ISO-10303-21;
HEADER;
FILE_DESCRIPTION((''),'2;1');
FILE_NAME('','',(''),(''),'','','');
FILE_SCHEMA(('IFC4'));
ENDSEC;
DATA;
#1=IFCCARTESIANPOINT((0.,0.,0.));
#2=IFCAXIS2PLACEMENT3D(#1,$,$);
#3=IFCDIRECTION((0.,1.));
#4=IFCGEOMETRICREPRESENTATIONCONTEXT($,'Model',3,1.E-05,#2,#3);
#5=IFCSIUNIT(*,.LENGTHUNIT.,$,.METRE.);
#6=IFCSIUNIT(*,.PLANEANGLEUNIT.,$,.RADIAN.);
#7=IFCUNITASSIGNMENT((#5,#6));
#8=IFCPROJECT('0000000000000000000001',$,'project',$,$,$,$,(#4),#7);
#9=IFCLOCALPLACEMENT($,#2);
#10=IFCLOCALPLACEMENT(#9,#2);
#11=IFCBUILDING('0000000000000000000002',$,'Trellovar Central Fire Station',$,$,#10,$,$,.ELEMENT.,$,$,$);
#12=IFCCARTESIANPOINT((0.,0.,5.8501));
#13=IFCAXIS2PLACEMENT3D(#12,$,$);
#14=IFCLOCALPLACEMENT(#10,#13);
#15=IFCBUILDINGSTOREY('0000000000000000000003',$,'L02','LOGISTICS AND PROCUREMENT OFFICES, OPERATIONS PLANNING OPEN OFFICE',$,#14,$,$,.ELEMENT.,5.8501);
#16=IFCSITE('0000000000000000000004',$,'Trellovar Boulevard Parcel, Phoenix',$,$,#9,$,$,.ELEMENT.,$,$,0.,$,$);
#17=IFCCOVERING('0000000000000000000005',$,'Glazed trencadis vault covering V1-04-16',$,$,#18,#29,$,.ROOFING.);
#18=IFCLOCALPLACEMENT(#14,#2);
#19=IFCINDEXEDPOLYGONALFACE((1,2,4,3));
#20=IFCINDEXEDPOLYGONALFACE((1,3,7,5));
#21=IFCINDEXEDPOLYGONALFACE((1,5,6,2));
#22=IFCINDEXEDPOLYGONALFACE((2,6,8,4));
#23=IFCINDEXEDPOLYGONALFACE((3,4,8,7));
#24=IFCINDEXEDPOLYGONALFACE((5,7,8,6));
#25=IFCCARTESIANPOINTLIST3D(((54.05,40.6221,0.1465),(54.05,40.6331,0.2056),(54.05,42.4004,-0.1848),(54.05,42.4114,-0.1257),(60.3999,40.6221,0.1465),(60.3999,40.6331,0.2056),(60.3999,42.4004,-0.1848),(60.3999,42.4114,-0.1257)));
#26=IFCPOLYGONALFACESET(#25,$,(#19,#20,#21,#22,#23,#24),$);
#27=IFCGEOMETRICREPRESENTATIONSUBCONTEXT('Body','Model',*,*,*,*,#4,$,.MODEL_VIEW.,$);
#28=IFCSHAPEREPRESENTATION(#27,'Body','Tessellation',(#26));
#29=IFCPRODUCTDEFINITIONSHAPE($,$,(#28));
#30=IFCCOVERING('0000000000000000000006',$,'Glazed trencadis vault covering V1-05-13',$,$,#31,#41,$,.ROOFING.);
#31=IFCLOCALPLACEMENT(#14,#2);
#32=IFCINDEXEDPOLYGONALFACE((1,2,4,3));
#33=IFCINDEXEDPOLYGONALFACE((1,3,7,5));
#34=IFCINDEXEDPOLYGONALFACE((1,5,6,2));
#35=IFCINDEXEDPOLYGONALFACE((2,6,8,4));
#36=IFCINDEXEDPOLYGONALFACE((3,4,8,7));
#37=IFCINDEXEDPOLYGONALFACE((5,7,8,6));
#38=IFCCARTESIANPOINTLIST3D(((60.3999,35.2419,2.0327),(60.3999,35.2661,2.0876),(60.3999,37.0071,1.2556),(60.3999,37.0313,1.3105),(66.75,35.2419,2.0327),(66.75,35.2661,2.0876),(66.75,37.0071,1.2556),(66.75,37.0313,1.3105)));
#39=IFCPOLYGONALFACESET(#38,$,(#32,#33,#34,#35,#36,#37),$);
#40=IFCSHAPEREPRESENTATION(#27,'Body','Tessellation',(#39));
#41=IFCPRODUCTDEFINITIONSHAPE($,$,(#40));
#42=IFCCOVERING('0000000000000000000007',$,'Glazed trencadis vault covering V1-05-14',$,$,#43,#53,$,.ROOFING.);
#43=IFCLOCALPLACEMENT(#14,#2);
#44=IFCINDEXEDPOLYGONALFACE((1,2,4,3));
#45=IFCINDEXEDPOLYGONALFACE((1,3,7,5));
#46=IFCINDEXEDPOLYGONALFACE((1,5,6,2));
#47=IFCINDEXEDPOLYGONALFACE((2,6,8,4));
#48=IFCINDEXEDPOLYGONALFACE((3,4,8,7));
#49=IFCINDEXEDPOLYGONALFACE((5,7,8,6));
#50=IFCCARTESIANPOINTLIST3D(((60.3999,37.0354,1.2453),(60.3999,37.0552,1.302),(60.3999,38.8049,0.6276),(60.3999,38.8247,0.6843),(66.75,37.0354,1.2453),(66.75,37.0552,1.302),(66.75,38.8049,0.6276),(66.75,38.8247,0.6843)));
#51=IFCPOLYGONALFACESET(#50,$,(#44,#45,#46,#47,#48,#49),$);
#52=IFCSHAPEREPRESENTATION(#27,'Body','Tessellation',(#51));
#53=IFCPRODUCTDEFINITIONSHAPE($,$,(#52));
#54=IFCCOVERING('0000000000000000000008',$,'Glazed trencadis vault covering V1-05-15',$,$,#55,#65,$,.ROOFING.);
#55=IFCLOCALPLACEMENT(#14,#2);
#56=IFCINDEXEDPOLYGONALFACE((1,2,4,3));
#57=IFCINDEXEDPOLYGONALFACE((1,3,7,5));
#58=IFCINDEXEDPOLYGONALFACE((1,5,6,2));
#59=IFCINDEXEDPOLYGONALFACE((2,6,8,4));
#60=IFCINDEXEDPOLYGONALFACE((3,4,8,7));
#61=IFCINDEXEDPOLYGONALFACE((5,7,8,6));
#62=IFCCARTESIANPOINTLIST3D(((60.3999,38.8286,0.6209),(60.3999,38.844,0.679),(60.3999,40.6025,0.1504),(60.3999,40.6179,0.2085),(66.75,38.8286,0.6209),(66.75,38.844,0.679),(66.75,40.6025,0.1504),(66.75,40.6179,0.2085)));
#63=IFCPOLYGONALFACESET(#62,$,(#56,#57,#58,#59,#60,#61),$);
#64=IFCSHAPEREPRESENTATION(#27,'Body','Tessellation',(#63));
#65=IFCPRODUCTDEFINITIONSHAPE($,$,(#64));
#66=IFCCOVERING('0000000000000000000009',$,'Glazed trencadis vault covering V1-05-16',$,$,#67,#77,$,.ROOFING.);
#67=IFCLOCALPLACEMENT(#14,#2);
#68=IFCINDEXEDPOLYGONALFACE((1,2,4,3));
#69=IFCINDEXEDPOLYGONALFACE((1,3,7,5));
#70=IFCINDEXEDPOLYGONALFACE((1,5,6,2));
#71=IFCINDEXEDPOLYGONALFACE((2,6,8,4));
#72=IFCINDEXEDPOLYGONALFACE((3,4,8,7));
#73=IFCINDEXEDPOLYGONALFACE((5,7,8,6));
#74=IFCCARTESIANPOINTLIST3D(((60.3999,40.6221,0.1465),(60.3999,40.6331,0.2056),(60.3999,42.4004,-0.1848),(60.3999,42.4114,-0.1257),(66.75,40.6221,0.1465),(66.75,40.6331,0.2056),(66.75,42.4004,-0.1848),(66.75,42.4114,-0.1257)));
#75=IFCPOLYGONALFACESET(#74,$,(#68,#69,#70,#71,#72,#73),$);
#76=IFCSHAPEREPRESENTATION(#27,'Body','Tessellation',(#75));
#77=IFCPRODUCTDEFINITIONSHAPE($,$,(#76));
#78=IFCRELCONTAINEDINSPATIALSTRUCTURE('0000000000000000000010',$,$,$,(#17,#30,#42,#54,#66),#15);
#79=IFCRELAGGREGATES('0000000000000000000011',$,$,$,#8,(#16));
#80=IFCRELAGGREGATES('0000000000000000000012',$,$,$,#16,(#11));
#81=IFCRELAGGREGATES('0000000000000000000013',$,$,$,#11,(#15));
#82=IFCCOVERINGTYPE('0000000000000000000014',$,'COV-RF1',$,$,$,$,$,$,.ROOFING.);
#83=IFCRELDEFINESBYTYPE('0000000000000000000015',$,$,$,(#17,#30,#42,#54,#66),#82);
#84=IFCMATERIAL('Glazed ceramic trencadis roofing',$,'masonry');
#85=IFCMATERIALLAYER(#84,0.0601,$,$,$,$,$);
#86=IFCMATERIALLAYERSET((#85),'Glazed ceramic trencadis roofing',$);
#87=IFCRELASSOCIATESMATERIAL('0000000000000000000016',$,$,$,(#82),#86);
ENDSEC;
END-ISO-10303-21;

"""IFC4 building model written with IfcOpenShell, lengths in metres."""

from ifc_helpers import new_model, si_unit, direction, frame, origin, place, context, subcontext, project, spatial, polyline, outline, extrude, material, layer, layer_set, type_object, element, save


model = new_model("IFC4")

# Units and contexts
model_context = context("Model", 3, precision=1e-05, world=origin(), true_north=direction((0.0, 1.0)))
body_context = subcontext(model_context, "Body", "Model", "MODEL_VIEW")
ifc_project = project(units=[si_unit("LENGTHUNIT", "METRE"), si_unit("PLANEANGLEUNIT", "RADIAN")], contexts=[model_context])

# Site, building, storey
site_placement = place(None, origin())
site = spatial("IfcSite", under=ifc_project, at=site_placement, Name="Trellovar Boulevard Parcel, Phoenix", CompositionType="ELEMENT", RefElevation=0.0)
building_placement = place(site_placement, origin())
building = spatial("IfcBuilding", under=site, at=building_placement, Name="Trellovar Central Fire Station", CompositionType="ELEMENT")
storey_placement = place(building_placement, frame((0.0, 0.0, 5.8501)))
storey = spatial("IfcBuildingStorey", under=building, at=storey_placement, Name="L02", Description="LOGISTICS AND PROCUREMENT OFFICES, OPERATIONS PLANNING OPEN OFFICE", CompositionType="ELEMENT", Elevation=5.8501)

# Coverings
ifc_material_1 = material(Name="Glazed ceramic trencadis roofing", Category="masonry")
ifc_layer_1 = layer(ifc_material_1, 0.0601)
ifc_layer_set_1 = layer_set([ifc_layer_1], Name="Glazed ceramic trencadis roofing")
covering_type = type_object("IfcCoveringType", Name="COV-RF1", PredefinedType="ROOFING", material=ifc_layer_set_1)
covering_1_placement = place(storey_placement, frame((54.05, 40.6331, 0.2056), z_axis=(0.0, 0.183148, 0.983085), x_axis=(1.0, 0.0, 0.0)))
element("IfcCovering", 1, at=covering_1_placement, inside=storey, type_object=covering_type, Name="Glazed trencadis vault covering V1-04-16", PredefinedType="ROOFING", context=body_context, shape_type="SweptSolid", body=[
    extrude(outline(polyline([(0.0, 0.0), (6.3499, 0.0), (6.3499, 1.8089), (0.0, 1.8089), (0.0, 0.0)])), origin(), (0.0, 0.0, -1.0), 0.0601),
])
covering_2_placement = place(storey_placement, frame((60.3999, 35.2661, 2.0876), z_axis=(0.0, 0.40293, 0.915231), x_axis=(1.0, 0.0, 0.0)))
element("IfcCovering", 2, at=covering_2_placement, inside=storey, type_object=covering_type, Name="Glazed trencadis vault covering V1-05-13", PredefinedType="ROOFING", context=body_context, shape_type="SweptSolid", body=[
    extrude(outline(polyline([(0.0, 0.0), (6.3501, 0.0), (6.3501, 1.9286), (0.0, 1.9286), (0.0, 0.0)])), origin(), (0.0, 0.0, -1.0), 0.0601),
])
covering_3_placement = place(storey_placement, frame((60.3999, 37.0552, 1.302), z_axis=(0.0, 0.329561, 0.944134), x_axis=(1.0, 0.0, 0.0)))
element("IfcCovering", 3, at=covering_3_placement, inside=storey, type_object=covering_type, Name="Glazed trencadis vault covering V1-05-14", PredefinedType="ROOFING", context=body_context, shape_type="SweptSolid", body=[
    extrude(outline(polyline([(0.0, 0.0), (6.3501, 0.0), (6.3501, 1.8742), (0.0, 1.8742), (0.0, 0.0)])), origin(), (0.0, 0.0, -1.0), 0.0601),
])
covering_4_placement = place(storey_placement, frame((60.3999, 38.844, 0.679), z_axis=(0.0, 0.256346, 0.966585), x_axis=(1.0, 0.0, 0.0)))
element("IfcCovering", 4, at=covering_4_placement, inside=storey, type_object=covering_type, Name="Glazed trencadis vault covering V1-05-15", PredefinedType="ROOFING", context=body_context, shape_type="SweptSolid", body=[
    extrude(outline(polyline([(0.0, 0.0), (6.3501, 0.0), (6.3501, 1.8353), (0.0, 1.8353), (0.0, 0.0)])), origin(), (0.0, 0.0, -1.0), 0.0601),
])
covering_5_placement = place(storey_placement, frame((60.3999, 40.6331, 0.2056), z_axis=(0.0, 0.183148, 0.983085), x_axis=(1.0, 0.0, 0.0)))
element("IfcCovering", 5, at=covering_5_placement, inside=storey, type_object=covering_type, Name="Glazed trencadis vault covering V1-05-16", PredefinedType="ROOFING", context=body_context, shape_type="SweptSolid", body=[
    extrude(outline(polyline([(0.0, 0.0), (6.3501, 0.0), (6.3501, 1.8089), (0.0, 1.8089), (0.0, 0.0)])), origin(), (0.0, 0.0, -1.0), 0.0601),
])

save(model, "model.ifc")
